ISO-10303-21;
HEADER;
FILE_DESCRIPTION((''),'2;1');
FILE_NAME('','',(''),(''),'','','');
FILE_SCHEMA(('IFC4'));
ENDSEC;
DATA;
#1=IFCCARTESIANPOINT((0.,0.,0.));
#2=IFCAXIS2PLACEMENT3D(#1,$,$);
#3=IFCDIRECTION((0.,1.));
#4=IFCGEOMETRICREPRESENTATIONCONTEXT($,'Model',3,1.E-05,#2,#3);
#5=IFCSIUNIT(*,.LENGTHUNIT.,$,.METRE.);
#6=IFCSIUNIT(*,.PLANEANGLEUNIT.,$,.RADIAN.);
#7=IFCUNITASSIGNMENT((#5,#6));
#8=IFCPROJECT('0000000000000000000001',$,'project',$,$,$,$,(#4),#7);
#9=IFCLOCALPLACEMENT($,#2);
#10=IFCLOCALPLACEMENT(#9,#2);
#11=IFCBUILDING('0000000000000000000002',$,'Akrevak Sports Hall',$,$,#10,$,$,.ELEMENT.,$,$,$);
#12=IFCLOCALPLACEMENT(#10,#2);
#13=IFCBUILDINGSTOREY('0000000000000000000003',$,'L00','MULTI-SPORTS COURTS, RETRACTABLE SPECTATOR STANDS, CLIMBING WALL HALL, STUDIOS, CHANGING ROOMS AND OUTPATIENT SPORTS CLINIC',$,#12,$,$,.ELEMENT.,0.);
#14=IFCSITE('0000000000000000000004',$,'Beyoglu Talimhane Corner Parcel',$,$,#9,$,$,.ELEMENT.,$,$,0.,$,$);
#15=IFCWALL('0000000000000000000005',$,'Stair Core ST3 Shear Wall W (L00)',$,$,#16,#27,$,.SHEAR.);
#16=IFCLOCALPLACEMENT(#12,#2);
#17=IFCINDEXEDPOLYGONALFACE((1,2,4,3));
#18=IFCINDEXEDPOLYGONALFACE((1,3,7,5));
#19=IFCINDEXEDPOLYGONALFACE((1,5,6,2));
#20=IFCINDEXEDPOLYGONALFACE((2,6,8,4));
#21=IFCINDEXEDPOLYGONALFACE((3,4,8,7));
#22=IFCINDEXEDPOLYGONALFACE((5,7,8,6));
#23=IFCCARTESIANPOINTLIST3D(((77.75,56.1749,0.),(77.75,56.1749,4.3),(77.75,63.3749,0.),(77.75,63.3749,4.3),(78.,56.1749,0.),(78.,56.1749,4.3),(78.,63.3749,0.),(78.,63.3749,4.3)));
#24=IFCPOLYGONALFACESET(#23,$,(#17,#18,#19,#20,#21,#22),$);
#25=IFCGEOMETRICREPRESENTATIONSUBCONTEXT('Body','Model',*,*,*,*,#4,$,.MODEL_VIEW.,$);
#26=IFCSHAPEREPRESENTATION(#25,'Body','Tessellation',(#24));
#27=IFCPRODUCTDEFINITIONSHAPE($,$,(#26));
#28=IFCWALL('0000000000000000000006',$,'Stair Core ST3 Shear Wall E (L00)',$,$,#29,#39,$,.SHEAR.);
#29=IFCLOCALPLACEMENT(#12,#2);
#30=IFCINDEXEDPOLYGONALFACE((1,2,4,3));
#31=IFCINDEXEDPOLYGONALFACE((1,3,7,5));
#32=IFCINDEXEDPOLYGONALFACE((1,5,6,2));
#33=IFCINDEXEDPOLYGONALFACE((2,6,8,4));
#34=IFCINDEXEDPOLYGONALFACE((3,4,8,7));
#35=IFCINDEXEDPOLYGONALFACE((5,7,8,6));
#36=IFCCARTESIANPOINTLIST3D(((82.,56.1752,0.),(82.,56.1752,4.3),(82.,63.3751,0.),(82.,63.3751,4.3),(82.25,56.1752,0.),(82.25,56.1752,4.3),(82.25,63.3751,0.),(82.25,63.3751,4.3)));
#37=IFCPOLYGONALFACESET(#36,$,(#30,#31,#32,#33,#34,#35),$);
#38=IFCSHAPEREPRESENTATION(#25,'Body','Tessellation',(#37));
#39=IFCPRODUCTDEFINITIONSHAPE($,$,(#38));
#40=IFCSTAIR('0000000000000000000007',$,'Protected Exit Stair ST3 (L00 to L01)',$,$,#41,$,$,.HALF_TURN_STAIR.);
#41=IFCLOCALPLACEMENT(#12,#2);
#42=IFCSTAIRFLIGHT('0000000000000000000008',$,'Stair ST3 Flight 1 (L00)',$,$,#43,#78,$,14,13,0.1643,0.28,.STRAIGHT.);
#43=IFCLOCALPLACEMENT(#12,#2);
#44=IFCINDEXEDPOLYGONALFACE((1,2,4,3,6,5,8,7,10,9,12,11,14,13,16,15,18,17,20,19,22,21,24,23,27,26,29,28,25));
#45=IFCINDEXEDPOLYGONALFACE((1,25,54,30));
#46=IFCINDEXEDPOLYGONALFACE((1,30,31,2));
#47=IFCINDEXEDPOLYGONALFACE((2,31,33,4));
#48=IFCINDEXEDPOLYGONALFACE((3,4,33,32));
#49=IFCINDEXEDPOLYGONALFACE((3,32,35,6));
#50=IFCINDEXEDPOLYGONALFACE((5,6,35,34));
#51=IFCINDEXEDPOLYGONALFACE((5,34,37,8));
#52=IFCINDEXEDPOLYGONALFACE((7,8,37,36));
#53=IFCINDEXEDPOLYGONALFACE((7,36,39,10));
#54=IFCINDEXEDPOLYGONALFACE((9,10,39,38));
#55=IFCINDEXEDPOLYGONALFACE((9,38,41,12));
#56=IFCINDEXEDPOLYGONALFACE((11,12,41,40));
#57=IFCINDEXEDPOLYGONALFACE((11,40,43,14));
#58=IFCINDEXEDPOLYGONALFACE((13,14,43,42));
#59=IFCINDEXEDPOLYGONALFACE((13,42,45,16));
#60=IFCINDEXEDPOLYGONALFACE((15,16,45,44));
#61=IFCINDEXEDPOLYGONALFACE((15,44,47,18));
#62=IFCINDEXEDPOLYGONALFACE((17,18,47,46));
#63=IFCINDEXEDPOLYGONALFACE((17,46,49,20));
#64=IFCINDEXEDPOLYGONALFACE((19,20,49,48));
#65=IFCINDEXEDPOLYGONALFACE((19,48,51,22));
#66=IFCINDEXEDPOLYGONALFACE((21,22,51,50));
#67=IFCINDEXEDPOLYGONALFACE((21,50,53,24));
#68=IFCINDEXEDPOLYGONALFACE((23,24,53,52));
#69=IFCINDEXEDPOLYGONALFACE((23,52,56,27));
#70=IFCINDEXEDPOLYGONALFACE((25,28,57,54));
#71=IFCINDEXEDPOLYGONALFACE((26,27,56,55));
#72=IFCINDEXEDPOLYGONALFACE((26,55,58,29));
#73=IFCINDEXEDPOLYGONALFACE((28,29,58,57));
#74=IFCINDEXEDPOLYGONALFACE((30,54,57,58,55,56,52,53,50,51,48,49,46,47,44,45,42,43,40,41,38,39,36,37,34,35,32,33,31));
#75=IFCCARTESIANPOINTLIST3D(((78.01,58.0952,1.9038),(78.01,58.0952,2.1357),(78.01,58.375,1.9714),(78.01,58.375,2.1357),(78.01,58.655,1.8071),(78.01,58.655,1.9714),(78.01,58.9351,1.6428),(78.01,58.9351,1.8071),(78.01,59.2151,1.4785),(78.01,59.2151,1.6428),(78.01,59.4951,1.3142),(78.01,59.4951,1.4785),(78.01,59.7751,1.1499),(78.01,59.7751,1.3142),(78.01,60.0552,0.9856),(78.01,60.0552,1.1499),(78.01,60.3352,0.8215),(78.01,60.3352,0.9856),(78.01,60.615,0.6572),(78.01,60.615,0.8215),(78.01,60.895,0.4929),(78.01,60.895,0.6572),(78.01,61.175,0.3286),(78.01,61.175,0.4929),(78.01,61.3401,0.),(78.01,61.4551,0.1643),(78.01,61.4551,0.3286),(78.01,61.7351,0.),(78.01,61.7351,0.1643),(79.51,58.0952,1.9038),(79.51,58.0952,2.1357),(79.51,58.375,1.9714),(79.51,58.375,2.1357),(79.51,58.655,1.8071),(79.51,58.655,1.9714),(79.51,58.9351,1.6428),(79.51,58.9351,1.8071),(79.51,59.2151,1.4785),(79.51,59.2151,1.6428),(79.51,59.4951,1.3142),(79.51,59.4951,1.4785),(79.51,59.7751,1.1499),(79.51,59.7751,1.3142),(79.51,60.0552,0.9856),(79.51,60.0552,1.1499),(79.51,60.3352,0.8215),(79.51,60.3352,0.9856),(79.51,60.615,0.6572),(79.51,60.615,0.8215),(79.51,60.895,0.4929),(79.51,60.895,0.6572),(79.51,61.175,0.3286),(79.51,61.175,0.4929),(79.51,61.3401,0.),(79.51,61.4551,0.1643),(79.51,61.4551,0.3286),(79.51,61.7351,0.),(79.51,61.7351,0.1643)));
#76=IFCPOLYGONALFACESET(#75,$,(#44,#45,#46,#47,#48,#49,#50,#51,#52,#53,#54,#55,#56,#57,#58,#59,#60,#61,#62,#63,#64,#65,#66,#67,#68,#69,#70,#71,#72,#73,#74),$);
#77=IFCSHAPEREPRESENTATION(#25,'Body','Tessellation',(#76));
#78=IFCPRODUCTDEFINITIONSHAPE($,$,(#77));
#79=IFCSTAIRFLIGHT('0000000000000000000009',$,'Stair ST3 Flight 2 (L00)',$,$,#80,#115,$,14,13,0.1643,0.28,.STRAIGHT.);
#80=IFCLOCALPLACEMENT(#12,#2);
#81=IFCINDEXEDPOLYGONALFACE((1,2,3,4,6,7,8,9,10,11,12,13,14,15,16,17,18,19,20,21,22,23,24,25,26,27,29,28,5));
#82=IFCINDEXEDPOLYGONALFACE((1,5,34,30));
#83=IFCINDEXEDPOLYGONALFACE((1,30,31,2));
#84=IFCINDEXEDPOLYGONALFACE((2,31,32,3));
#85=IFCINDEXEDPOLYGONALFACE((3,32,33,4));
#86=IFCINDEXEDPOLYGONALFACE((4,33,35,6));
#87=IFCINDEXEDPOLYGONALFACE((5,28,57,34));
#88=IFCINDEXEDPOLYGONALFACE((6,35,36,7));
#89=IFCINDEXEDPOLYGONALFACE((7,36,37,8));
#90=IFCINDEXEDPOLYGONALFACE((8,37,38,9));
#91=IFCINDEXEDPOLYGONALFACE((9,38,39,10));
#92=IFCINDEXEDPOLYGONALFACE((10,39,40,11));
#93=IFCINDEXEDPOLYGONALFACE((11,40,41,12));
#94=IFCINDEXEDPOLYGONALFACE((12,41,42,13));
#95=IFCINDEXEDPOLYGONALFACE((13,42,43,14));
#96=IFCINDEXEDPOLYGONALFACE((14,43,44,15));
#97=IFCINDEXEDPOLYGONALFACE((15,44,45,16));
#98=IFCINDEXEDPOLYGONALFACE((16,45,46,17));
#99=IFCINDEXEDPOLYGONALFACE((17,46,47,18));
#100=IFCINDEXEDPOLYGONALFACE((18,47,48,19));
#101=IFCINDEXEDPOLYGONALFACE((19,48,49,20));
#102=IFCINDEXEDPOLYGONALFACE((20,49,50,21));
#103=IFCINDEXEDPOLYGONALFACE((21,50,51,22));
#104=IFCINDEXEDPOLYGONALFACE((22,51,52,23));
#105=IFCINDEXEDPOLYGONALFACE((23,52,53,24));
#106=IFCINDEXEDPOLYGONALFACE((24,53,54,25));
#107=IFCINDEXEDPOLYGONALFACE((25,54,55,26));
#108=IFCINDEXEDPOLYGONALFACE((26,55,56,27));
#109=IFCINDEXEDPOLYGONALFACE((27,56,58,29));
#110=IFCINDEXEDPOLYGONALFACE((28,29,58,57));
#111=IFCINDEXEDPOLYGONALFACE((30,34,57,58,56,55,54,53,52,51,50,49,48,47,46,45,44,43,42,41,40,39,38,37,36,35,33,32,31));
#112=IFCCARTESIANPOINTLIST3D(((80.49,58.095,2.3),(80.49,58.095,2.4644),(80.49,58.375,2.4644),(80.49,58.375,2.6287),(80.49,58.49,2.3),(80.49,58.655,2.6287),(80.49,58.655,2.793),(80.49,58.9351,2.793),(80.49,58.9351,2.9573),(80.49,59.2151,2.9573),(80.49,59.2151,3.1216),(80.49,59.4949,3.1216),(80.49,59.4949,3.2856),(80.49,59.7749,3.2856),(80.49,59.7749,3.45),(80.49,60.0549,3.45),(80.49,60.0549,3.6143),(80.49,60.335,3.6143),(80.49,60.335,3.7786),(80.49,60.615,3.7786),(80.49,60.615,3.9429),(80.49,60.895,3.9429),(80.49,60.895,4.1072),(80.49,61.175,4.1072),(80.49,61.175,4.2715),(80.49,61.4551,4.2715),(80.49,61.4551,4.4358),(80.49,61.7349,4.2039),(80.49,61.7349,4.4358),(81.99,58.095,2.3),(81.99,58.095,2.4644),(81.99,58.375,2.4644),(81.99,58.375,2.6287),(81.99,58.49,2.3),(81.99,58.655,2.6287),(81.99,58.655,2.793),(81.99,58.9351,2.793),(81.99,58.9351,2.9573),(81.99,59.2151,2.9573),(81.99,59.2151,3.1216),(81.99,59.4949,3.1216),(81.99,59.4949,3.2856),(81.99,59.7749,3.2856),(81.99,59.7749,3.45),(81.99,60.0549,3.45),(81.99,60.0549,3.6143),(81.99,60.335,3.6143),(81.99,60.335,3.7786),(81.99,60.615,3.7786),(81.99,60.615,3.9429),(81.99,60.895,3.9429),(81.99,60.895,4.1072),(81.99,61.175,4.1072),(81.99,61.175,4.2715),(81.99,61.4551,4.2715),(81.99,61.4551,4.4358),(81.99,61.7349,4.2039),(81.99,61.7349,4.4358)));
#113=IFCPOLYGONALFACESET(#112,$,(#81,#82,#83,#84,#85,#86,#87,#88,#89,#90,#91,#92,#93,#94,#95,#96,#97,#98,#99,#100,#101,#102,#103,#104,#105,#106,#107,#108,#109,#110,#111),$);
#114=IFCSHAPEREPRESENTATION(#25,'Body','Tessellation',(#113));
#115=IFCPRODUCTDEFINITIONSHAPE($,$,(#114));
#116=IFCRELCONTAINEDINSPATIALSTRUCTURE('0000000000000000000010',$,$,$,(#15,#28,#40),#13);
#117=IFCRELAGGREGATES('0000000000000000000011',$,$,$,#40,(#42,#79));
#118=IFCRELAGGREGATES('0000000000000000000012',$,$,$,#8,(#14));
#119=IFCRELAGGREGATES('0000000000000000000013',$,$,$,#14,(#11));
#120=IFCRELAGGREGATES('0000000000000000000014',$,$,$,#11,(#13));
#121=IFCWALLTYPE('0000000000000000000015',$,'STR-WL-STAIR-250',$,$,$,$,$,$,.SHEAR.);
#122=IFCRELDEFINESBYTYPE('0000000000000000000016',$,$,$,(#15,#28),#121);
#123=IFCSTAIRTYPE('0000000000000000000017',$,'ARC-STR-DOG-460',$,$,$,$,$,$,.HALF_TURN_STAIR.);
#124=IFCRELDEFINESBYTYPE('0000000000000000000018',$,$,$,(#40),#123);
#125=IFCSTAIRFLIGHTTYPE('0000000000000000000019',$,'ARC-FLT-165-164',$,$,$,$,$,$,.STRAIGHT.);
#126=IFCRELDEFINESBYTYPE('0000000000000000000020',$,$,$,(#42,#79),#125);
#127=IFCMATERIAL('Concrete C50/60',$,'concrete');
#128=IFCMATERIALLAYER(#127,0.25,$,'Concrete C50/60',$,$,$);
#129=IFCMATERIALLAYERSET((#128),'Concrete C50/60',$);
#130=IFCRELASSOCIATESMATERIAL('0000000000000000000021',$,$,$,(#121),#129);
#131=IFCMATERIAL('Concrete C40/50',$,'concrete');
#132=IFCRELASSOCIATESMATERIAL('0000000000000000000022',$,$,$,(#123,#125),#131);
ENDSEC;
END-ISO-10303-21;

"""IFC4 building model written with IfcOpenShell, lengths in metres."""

from ifc_helpers import new_model, si_unit, direction, frame, frame_2d, origin, place, context, subcontext, project, spatial, polyline, rectangle, outline, extrude, material, layer, layer_set, type_object, element, aggregate, save


model = new_model("IFC4")

# Units and contexts
model_context = context("Model", 3, precision=1e-05, world=origin(), true_north=direction((0.0, 1.0)))
body_context = subcontext(model_context, "Body", "Model", "MODEL_VIEW")
ifc_project = project(units=[si_unit("LENGTHUNIT", "METRE"), si_unit("PLANEANGLEUNIT", "RADIAN")], contexts=[model_context])

# Site, building, storey
site_placement = place(None, origin())
site = spatial("IfcSite", under=ifc_project, at=site_placement, Name="Beyoglu Talimhane Corner Parcel", CompositionType="ELEMENT", RefElevation=0.0)
building_placement = place(site_placement, origin())
building = spatial("IfcBuilding", under=site, at=building_placement, Name="Akrevak Sports Hall", CompositionType="ELEMENT")
storey_placement = place(building_placement, origin())
storey = spatial("IfcBuildingStorey", under=building, at=storey_placement, Name="L00", Description="MULTI-SPORTS COURTS, RETRACTABLE SPECTATOR STANDS, CLIMBING WALL HALL, STUDIOS, CHANGING ROOMS AND OUTPATIENT SPORTS CLINIC", CompositionType="ELEMENT", Elevation=0.0)

# Shared definitions
ifc_material_1 = material(Name="Concrete C50/60", Category="concrete")

# Shared definitions
ifc_material_2 = material(Name="Concrete C40/50", Category="concrete")

# Shared definitions
ifc_layer_1 = layer(ifc_material_1, 0.25, Name="Concrete C50/60")
ifc_layer_set_1 = layer_set([ifc_layer_1], Name="Concrete C50/60")
wall_type_1 = type_object("IfcWallType", Name="STR-WL-STAIR-250", PredefinedType="SHEAR", material=ifc_layer_set_1)

# Walls
for number, where, z_axis, x_axis, name in (
    (1, (77.875, 63.375, 0.0), (0.0, 0.0, 1.0), (0.0, -1.0, 0.0), "Stair Core ST3 Shear Wall W (L00)"),
    (2, (82.125, 56.175, 0.0), (0.0, 0.0, 1.0), (0.0, 1.0, 0.0), "Stair Core ST3 Shear Wall E (L00)"),
):
    element("IfcWall", number, at=place(storey_placement, frame(where, z_axis=z_axis, x_axis=x_axis)), inside=storey, type_object=wall_type_1, Name=name, PredefinedType="SHEAR", context=body_context, shape_type="SweptSolid", body=[
        extrude(rectangle(XDim=7.2, YDim=0.25, at=frame_2d((3.6001, 0.0))), origin(), (0.0, 0.0, 1.0), 4.3),
    ])

# Stair, stair flights
stair_type = type_object("IfcStairType", Name="ARC-STR-DOG-460", PredefinedType="HALF_TURN_STAIR", material=ifc_material_2)
stair_placement = place(storey_placement, origin())
stair = element("IfcStair", 3, at=stair_placement, inside=storey, type_object=stair_type, Name="Protected Exit Stair ST3 (L00 to L01)", PredefinedType="HALF_TURN_STAIR")
stair_flight_type = type_object("IfcStairFlightType", Name="ARC-FLT-165-164", PredefinedType="STRAIGHT", material=ifc_material_2)
stair_flight_1_placement = place(storey_placement, frame((78.76, 61.7351, 0.0), z_axis=(0.0, 0.0, 1.0), x_axis=(0.0, -1.0, 0.0)))
stair_flight_1 = element("IfcStairFlight", 4, at=stair_flight_1_placement, type_object=stair_flight_type, Name="Stair ST3 Flight 1 (L00)", NumberOfRisers=14, NumberOfTreads=13, PredefinedType="STRAIGHT", RiserHeight=0.1643, TreadLength=0.28, context=body_context, shape_type="SweptSolid", body=[
    extrude(outline(polyline([(0.0, 0.0), (0.0, 0.1643), (0.28, 0.1643), (0.28, 0.3286), (0.5601, 0.3286), (0.5601, 0.4929), (0.8401, 0.4929), (0.8401, 0.6572), (1.1201, 0.6572), (1.1201, 0.8215), (1.3999, 0.8215), (1.3999, 0.9856), (1.6799, 0.9856), (1.6799, 1.1499), (1.96, 1.1499), (1.96, 1.3142), (2.24, 1.3142), (2.24, 1.4785), (2.52, 1.4785), (2.52, 1.6428), (2.8, 1.6428), (2.8, 1.8071), (3.0801, 1.8071), (3.0801, 1.9714), (3.3601, 1.9714), (3.3601, 2.1357), (3.6399, 2.1357), (3.6399, 2.3), (3.6399, 1.9038), (0.395, 0.0), (0.0, 0.0)])), frame((0.0, 0.75, 0.0), z_axis=(0.0, -1.0, 0.0), x_axis=(1.0, 0.0, 0.0)), (0.0, 0.0, 1.0), 1.5),
])
stair_flight_2_placement = place(storey_placement, frame((81.24, 58.095, 2.3), z_axis=(0.0, 0.0, 1.0), x_axis=(0.0, 1.0, 0.0)))
stair_flight_2 = element("IfcStairFlight", 5, at=stair_flight_2_placement, type_object=stair_flight_type, Name="Stair ST3 Flight 2 (L00)", NumberOfRisers=14, NumberOfTreads=13, PredefinedType="STRAIGHT", RiserHeight=0.1643, TreadLength=0.28, context=body_context, shape_type="SweptSolid", body=[
    extrude(outline(polyline([(0.0, 0.0), (0.0, 0.1643), (0.28, 0.1643), (0.28, 0.3286), (0.5601, 0.3286), (0.5601, 0.4929), (0.8401, 0.4929), (0.8401, 0.6572), (1.1201, 0.6572), (1.1201, 0.8215), (1.3999, 0.8215), (1.3999, 0.9856), (1.6799, 0.9856), (1.6799, 1.1499), (1.96, 1.1499), (1.96, 1.3142), (2.24, 1.3142), (2.24, 1.4785), (2.52, 1.4785), (2.52, 1.6428), (2.8, 1.6428), (2.8, 1.8071), (3.0801, 1.8071), (3.0801, 1.9714), (3.3601, 1.9714), (3.3601, 2.1357), (3.6399, 2.1357), (3.6399, 2.3), (3.6399, 1.9038), (0.395, 0.0), (0.0, 0.0)])), frame((0.0, 0.75, 0.0), z_axis=(0.0, -1.0, 0.0), x_axis=(1.0, 0.0, 0.0)), (0.0, 0.0, 1.0), 1.5),
])
aggregate(stair, [stair_flight_1, stair_flight_2])

save(model, "model.ifc")
